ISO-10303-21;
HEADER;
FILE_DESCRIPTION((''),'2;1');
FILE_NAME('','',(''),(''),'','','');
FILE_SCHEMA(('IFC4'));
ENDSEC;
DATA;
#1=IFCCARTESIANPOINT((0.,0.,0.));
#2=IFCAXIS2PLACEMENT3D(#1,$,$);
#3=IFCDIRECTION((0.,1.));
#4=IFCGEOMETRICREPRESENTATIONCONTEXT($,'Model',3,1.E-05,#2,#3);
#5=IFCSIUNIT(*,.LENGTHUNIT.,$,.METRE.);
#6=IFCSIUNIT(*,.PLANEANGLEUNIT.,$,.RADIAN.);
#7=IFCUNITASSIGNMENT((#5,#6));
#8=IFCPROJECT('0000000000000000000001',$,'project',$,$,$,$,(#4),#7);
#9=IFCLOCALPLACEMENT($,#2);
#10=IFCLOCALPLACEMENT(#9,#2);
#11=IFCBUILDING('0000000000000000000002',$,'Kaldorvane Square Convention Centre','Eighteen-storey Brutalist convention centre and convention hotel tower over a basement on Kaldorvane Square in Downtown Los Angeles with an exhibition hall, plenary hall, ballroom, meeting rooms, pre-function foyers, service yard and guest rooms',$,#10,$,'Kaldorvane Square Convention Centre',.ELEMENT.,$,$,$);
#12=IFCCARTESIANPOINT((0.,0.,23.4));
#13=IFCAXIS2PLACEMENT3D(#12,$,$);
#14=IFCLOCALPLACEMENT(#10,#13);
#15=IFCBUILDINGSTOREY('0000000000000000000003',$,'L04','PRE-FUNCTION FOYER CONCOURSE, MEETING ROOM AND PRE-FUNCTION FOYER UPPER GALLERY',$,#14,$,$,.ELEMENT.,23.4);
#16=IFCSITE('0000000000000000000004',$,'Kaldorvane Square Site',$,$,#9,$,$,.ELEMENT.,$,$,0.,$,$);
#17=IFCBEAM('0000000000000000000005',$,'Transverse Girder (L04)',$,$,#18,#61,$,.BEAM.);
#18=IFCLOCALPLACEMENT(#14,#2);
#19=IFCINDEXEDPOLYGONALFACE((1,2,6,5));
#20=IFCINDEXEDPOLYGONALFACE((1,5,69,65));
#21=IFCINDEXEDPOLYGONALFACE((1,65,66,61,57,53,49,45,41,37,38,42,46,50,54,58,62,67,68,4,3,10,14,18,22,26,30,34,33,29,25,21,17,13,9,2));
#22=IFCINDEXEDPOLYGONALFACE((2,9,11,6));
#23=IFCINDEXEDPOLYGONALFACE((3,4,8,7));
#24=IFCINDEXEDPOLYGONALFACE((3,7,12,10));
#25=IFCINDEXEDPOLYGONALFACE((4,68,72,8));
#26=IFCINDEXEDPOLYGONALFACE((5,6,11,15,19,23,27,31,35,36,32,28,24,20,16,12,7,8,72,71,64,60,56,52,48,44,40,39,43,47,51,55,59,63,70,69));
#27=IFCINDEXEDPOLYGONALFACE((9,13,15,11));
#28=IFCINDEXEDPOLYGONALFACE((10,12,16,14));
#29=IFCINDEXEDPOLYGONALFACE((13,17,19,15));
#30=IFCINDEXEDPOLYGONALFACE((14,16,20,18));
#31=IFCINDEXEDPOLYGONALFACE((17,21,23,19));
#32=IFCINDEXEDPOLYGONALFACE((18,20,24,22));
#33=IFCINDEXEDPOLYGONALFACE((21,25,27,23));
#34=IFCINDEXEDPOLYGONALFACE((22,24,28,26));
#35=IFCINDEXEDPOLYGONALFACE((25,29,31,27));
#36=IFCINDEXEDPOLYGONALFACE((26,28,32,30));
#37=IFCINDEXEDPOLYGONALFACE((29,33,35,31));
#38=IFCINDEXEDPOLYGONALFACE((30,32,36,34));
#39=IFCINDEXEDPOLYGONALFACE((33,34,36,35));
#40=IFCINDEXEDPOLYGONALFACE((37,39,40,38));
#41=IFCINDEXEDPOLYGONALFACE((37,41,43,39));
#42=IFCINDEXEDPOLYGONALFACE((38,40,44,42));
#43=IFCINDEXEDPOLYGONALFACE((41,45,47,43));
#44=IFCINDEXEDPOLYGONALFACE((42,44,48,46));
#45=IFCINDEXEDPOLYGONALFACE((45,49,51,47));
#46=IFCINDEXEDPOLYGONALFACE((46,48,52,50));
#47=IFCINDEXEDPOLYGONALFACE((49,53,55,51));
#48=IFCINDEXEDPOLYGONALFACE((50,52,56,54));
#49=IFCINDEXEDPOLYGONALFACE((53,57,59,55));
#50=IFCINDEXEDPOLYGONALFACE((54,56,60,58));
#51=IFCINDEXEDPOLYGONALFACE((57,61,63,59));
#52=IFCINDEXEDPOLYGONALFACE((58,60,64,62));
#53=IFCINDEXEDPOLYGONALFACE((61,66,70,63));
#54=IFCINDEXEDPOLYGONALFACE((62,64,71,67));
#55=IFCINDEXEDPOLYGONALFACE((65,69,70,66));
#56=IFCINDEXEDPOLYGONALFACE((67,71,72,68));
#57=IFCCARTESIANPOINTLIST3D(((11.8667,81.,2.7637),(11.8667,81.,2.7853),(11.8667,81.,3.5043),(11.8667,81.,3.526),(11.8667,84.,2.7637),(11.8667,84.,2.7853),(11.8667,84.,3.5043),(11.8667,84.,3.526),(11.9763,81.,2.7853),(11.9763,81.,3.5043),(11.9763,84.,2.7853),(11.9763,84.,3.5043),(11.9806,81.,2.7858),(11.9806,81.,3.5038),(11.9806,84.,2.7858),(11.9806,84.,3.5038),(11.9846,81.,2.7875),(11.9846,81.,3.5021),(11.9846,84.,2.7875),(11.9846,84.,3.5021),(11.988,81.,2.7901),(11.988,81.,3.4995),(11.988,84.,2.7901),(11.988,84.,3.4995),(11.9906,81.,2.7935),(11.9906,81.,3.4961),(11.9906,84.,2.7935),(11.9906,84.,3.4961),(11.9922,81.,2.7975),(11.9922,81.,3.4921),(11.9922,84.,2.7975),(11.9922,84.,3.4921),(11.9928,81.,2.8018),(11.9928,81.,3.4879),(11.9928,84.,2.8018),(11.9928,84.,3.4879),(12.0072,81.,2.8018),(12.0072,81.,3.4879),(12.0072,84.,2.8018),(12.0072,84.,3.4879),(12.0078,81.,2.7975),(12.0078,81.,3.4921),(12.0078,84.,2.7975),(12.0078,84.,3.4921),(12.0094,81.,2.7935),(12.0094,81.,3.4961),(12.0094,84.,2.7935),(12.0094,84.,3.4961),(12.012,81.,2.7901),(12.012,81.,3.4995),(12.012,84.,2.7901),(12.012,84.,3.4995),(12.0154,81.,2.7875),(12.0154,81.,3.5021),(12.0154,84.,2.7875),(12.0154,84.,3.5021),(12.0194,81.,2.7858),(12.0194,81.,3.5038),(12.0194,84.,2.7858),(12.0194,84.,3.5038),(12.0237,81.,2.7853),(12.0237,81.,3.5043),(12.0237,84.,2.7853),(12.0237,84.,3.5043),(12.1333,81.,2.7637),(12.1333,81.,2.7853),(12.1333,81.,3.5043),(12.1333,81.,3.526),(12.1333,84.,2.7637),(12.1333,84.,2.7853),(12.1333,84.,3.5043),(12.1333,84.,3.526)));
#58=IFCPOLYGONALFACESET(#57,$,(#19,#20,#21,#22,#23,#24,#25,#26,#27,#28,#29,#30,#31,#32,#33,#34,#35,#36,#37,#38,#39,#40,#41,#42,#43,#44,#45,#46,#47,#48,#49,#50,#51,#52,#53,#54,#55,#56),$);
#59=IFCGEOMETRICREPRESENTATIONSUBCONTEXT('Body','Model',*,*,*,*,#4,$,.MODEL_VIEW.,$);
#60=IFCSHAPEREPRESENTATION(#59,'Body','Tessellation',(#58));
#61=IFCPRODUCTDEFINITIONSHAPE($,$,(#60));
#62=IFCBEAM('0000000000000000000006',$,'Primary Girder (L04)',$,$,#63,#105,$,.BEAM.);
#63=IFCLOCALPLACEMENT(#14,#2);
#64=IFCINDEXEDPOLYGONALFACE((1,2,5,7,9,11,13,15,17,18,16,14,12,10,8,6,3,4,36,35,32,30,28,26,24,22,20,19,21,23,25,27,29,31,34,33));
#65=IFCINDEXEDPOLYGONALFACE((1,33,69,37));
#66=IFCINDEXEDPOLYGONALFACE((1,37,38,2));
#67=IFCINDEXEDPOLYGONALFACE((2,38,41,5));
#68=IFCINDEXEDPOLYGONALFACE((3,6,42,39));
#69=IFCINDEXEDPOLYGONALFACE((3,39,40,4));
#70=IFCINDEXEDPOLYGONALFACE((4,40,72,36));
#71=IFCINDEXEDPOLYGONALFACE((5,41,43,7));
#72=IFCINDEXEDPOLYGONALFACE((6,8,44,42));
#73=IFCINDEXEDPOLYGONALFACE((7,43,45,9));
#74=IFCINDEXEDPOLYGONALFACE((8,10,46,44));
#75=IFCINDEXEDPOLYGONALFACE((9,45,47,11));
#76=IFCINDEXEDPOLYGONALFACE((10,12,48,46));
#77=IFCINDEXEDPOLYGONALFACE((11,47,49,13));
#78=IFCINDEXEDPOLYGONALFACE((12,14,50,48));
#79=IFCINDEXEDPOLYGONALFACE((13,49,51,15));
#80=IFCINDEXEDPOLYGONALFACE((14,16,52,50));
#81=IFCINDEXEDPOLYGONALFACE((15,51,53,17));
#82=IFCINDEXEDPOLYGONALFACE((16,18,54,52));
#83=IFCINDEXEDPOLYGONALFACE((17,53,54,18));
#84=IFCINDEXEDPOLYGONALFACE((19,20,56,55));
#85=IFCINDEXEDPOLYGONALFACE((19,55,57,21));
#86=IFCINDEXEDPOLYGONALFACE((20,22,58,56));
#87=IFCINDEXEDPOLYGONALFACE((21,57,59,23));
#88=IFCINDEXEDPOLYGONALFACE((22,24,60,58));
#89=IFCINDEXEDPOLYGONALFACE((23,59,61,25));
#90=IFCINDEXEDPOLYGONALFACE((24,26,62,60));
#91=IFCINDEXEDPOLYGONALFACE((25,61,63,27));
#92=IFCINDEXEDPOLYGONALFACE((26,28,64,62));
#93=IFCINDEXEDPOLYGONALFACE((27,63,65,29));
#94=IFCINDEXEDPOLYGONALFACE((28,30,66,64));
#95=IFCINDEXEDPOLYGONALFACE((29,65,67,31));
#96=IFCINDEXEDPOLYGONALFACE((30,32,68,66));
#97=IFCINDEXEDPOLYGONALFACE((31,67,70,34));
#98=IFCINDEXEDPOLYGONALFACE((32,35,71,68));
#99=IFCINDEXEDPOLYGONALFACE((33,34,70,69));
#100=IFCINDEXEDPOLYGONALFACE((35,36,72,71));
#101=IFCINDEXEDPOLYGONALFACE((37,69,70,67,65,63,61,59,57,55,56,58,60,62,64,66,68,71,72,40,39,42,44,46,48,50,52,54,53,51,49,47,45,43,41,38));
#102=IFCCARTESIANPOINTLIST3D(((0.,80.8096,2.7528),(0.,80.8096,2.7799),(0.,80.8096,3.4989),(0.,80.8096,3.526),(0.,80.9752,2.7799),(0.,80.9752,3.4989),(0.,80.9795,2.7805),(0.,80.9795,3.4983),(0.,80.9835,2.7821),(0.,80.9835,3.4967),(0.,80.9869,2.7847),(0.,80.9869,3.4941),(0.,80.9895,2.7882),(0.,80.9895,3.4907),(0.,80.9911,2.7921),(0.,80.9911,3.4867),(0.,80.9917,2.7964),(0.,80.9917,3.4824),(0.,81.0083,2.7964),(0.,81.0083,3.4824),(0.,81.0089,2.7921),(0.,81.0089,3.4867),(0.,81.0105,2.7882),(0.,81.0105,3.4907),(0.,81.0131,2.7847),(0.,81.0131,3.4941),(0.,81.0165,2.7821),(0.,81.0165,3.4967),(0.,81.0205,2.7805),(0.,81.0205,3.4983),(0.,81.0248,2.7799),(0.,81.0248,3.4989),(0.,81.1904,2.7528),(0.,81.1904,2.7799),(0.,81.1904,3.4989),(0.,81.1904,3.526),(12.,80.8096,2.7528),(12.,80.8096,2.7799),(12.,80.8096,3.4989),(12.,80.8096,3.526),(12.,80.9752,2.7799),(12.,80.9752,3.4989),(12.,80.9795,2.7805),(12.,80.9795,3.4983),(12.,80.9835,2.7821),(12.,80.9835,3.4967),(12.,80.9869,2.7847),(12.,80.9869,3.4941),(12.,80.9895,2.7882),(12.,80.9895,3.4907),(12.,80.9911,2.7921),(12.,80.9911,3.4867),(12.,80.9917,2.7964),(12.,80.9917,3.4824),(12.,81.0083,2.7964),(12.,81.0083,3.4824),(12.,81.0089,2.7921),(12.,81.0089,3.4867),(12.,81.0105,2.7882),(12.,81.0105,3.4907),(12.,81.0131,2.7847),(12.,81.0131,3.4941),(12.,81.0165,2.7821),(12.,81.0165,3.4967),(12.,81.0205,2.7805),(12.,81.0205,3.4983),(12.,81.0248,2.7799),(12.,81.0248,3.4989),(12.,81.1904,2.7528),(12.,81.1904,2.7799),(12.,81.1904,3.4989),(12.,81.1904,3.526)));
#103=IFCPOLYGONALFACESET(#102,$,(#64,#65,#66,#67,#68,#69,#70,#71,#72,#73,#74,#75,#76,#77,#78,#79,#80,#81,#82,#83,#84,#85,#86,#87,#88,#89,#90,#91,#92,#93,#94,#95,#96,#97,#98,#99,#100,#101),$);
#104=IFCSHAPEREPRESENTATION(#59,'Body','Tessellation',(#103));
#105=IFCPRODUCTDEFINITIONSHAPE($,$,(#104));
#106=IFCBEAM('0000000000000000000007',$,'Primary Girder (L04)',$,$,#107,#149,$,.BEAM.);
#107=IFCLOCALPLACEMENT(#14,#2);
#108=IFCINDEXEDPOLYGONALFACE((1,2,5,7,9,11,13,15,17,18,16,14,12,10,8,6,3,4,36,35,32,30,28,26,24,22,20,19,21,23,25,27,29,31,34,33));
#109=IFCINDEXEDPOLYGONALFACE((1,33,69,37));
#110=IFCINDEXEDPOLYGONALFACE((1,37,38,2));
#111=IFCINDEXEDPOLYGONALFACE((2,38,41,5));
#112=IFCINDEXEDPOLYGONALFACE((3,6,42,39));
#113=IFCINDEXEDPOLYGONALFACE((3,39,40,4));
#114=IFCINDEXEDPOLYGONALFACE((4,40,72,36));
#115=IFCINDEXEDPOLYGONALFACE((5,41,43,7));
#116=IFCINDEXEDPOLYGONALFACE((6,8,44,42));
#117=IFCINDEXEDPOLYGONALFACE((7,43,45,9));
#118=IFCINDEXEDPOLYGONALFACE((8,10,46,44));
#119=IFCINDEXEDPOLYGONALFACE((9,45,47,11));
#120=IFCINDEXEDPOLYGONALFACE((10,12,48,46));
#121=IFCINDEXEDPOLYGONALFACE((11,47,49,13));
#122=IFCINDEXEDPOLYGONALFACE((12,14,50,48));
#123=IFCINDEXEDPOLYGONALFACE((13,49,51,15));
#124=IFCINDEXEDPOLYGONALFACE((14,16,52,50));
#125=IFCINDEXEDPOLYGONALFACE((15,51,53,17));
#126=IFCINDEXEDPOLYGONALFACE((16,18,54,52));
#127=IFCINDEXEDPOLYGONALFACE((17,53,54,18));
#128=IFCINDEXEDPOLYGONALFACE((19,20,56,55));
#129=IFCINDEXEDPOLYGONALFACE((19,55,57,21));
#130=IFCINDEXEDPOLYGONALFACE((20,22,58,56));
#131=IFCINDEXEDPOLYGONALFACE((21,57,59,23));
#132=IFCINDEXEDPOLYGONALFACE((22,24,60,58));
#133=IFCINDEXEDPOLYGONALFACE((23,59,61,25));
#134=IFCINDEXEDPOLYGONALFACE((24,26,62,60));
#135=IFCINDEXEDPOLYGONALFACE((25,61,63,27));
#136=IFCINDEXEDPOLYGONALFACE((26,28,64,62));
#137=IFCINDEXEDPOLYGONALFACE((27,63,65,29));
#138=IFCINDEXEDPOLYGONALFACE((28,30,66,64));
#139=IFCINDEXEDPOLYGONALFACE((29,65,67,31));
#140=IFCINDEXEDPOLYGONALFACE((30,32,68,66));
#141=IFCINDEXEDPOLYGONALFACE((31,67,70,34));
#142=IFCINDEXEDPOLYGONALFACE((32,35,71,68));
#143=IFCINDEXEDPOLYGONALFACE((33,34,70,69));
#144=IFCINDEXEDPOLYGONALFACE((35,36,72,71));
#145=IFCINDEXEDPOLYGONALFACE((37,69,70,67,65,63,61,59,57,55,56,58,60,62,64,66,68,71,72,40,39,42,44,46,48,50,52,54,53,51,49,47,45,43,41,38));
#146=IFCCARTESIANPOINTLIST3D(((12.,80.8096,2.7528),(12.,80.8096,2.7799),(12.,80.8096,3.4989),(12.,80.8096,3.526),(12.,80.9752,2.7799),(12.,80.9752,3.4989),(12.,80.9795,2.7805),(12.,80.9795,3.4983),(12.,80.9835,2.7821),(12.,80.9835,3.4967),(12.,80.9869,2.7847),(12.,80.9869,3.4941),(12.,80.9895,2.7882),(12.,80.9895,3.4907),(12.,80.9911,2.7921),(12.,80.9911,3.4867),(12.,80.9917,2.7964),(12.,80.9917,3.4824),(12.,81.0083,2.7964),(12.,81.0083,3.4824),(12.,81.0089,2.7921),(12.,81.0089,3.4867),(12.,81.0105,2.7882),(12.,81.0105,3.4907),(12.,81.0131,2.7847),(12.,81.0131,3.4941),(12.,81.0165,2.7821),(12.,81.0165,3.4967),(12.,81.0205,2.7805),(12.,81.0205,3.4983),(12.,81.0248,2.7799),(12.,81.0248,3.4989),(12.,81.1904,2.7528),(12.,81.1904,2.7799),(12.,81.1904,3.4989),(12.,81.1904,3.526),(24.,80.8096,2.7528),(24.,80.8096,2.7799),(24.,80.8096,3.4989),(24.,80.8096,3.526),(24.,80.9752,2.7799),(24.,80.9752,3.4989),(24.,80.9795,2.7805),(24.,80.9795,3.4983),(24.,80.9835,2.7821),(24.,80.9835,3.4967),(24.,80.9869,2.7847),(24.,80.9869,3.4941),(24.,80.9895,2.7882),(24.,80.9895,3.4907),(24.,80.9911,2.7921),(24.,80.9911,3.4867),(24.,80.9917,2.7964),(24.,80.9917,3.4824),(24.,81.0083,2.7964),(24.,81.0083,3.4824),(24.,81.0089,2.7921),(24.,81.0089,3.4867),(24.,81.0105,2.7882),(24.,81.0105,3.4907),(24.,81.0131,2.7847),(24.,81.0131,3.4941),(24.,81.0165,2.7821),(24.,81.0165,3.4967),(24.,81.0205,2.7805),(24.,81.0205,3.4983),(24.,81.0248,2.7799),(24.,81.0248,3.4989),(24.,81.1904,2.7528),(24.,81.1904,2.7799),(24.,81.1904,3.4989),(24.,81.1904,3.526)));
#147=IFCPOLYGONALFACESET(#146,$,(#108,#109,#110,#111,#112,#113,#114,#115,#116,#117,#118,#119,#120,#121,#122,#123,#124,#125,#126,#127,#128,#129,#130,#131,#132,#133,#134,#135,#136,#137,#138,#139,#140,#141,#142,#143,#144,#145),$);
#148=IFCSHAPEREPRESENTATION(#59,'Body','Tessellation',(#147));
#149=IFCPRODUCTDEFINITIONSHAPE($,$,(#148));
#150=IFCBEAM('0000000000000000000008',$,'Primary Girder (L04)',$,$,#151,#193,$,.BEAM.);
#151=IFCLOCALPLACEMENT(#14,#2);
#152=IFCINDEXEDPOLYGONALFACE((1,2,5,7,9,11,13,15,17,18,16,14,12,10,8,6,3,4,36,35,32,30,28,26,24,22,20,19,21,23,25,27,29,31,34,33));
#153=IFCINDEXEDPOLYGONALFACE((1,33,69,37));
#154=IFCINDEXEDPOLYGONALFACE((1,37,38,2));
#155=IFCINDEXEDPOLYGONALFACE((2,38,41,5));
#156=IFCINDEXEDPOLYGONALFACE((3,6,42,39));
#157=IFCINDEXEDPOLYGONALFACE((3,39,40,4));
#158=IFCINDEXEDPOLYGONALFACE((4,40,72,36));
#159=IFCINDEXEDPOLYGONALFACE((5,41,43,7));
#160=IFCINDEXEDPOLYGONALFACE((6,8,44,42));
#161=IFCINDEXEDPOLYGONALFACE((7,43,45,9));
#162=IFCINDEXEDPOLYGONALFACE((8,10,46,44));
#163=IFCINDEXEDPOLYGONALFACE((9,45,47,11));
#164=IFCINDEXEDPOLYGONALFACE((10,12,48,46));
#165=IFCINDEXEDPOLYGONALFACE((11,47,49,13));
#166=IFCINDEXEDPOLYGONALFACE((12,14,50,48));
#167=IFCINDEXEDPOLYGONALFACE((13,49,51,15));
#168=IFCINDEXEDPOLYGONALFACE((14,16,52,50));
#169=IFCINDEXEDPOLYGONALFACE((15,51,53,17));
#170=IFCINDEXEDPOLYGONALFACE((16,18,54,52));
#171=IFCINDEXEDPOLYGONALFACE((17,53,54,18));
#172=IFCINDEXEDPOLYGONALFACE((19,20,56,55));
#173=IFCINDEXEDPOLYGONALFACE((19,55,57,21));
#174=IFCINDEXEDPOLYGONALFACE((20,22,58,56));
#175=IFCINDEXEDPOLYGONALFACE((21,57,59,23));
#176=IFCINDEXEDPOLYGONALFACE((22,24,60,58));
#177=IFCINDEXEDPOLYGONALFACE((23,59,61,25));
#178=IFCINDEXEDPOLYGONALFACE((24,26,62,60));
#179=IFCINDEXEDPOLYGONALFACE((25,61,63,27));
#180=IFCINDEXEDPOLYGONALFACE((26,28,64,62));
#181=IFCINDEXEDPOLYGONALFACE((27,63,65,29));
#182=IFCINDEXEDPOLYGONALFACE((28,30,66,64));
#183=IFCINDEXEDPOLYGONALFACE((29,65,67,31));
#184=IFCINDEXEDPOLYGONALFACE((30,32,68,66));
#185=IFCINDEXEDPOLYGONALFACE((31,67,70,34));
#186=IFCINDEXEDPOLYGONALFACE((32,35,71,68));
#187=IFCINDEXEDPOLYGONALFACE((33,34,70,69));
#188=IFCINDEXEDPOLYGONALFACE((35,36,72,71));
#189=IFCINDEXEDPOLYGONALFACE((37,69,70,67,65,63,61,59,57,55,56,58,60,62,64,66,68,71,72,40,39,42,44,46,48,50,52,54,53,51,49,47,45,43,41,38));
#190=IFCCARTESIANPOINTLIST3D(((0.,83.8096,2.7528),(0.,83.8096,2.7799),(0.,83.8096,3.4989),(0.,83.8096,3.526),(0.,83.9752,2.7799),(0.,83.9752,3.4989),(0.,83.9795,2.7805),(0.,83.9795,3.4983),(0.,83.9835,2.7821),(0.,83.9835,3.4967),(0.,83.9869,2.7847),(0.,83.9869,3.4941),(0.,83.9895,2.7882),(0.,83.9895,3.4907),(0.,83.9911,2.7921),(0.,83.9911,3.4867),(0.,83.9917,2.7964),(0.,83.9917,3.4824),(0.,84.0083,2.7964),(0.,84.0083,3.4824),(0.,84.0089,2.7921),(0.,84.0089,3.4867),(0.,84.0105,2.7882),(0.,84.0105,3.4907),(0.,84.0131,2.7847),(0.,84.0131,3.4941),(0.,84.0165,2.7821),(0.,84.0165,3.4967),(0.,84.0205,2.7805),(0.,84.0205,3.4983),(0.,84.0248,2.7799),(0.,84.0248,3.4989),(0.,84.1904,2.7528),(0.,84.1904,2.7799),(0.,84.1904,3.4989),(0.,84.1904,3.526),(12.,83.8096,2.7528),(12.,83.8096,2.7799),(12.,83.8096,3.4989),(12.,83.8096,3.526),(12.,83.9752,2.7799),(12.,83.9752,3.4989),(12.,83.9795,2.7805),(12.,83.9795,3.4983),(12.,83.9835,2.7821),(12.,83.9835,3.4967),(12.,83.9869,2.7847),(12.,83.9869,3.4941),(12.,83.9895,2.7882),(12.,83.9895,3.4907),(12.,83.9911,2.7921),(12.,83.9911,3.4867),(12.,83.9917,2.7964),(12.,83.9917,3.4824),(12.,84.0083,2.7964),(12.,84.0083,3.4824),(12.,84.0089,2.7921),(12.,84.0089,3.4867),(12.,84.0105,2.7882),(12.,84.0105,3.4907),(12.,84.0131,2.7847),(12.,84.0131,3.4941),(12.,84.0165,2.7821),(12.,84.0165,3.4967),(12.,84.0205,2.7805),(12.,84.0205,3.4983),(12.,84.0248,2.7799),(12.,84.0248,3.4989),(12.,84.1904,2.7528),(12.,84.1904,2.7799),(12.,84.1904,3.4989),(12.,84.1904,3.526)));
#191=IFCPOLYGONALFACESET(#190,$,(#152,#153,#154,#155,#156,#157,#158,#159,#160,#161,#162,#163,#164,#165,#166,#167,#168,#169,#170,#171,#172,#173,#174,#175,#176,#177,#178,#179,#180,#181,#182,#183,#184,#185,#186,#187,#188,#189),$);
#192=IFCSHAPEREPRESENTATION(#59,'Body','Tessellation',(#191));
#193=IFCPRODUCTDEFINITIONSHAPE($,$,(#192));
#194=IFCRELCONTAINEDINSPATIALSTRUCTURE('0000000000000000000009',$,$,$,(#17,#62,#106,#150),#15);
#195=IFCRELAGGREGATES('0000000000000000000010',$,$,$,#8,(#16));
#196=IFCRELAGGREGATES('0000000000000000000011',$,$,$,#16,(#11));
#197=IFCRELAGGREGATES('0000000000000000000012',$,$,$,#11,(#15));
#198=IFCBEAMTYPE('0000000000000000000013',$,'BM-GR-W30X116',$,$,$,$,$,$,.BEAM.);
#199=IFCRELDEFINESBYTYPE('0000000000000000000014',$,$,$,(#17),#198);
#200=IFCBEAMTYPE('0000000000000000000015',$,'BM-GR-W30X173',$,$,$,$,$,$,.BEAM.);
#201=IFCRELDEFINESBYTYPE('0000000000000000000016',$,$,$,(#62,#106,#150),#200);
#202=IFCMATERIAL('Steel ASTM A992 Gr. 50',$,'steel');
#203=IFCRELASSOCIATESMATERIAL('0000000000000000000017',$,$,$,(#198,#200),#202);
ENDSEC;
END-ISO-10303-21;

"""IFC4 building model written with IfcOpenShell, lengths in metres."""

from ifc_helpers import new_model, si_unit, direction, frame, origin, origin_2d, place, context, subcontext, project, spatial, i_section, extrude, material, material_profile, profile_set, type_object, element, save


model = new_model("IFC4")

# Units and contexts
model_context = context("Model", 3, precision=1e-05, world=origin(), true_north=direction((0.0, 1.0)))
body_context = subcontext(model_context, "Body", "Model", "MODEL_VIEW")
ifc_project = project(units=[si_unit("LENGTHUNIT", "METRE"), si_unit("PLANEANGLEUNIT", "RADIAN")], contexts=[model_context])

# Site, building, storey
site_placement = place(None, origin())
site = spatial("IfcSite", under=ifc_project, at=site_placement, Name="Kaldorvane Square Site", CompositionType="ELEMENT", RefElevation=0.0)
building_placement = place(site_placement, origin())
building = spatial("IfcBuilding", under=site, at=building_placement, Name="Kaldorvane Square Convention Centre", Description="Eighteen-storey Brutalist convention centre and convention hotel tower over a basement on Kaldorvane Square in Downtown Los Angeles with an exhibition hall, plenary hall, ballroom, meeting rooms, pre-function foyers, service yard and guest rooms", LongName="Kaldorvane Square Convention Centre", CompositionType="ELEMENT")
storey_placement = place(building_placement, frame((0.0, 0.0, 23.4)))
storey = spatial("IfcBuildingStorey", under=building, at=storey_placement, Name="L04", Description="PRE-FUNCTION FOYER CONCOURSE, MEETING ROOM AND PRE-FUNCTION FOYER UPPER GALLERY", CompositionType="ELEMENT", Elevation=23.4)

# Shared definitions
ifc_material_1 = material(Name="Steel ASTM A992 Gr. 50", Category="steel")

# Beams
ifc_material_profile_1 = material_profile(ifc_material_1, i_section(OverallWidth=0.2666, OverallDepth=0.7623, WebThickness=0.0144, FlangeThickness=0.0216, FilletRadius=0.0165, at=origin_2d()), Name="W30X116")
ifc_profile_set_1 = profile_set([ifc_material_profile_1], Name="Steel ASTM A992 Gr. 50")
beam_type_1 = type_object("IfcBeamType", Name="BM-GR-W30X116", PredefinedType="BEAM", material=ifc_profile_set_1)
beam_1_placement = place(storey_placement, frame((12.0, 81.0, 3.1448), z_axis=(0.0, 1.0, 0.0), x_axis=(-1.0, 0.0, 0.0)))
element("IfcBeam", 1, at=beam_1_placement, inside=storey, type_object=beam_type_1, Name="Transverse Girder (L04)", PredefinedType="BEAM", context=body_context, shape_type="SweptSolid", body=[
    extrude(i_section(OverallWidth=0.2666, OverallDepth=0.7623, WebThickness=0.0144, FlangeThickness=0.0216, FilletRadius=0.0165, at=origin_2d()), origin(), (0.0, 0.0, 1.0), 3.0),
])
ifc_material_profile_2 = material_profile(ifc_material_1, i_section(OverallWidth=0.3807, OverallDepth=0.7732, WebThickness=0.0166, FlangeThickness=0.0271, FilletRadius=0.0165, at=origin_2d()), Name="W30X173")
ifc_profile_set_2 = profile_set([ifc_material_profile_2], Name="Steel ASTM A992 Gr. 50")
beam_type_2 = type_object("IfcBeamType", Name="BM-GR-W30X173", PredefinedType="BEAM", material=ifc_profile_set_2)
for number, where, z_axis, x_axis, name in (
    (2, (0.0, 81.0, 3.1394), (1.0, 0.0, 0.0), (0.0, 1.0, 0.0), "Primary Girder (L04)"),
    (3, (12.0, 81.0, 3.1394), (1.0, 0.0, 0.0), (0.0, 1.0, 0.0), "Primary Girder (L04)"),
    (4, (0.0, 84.0, 3.1394), (1.0, 0.0, 0.0), (0.0, 1.0, 0.0), "Primary Girder (L04)"),
):
    element("IfcBeam", number, at=place(storey_placement, frame(where, z_axis=z_axis, x_axis=x_axis)), inside=storey, type_object=beam_type_2, Name=name, PredefinedType="BEAM", context=body_context, shape_type="SweptSolid", body=[
        extrude(i_section(OverallWidth=0.3807, OverallDepth=0.7732, WebThickness=0.0166, FlangeThickness=0.0271, FilletRadius=0.0165, at=origin_2d()), origin(), (0.0, 0.0, 1.0), 12.0),
    ])

save(model, "model.ifc")
